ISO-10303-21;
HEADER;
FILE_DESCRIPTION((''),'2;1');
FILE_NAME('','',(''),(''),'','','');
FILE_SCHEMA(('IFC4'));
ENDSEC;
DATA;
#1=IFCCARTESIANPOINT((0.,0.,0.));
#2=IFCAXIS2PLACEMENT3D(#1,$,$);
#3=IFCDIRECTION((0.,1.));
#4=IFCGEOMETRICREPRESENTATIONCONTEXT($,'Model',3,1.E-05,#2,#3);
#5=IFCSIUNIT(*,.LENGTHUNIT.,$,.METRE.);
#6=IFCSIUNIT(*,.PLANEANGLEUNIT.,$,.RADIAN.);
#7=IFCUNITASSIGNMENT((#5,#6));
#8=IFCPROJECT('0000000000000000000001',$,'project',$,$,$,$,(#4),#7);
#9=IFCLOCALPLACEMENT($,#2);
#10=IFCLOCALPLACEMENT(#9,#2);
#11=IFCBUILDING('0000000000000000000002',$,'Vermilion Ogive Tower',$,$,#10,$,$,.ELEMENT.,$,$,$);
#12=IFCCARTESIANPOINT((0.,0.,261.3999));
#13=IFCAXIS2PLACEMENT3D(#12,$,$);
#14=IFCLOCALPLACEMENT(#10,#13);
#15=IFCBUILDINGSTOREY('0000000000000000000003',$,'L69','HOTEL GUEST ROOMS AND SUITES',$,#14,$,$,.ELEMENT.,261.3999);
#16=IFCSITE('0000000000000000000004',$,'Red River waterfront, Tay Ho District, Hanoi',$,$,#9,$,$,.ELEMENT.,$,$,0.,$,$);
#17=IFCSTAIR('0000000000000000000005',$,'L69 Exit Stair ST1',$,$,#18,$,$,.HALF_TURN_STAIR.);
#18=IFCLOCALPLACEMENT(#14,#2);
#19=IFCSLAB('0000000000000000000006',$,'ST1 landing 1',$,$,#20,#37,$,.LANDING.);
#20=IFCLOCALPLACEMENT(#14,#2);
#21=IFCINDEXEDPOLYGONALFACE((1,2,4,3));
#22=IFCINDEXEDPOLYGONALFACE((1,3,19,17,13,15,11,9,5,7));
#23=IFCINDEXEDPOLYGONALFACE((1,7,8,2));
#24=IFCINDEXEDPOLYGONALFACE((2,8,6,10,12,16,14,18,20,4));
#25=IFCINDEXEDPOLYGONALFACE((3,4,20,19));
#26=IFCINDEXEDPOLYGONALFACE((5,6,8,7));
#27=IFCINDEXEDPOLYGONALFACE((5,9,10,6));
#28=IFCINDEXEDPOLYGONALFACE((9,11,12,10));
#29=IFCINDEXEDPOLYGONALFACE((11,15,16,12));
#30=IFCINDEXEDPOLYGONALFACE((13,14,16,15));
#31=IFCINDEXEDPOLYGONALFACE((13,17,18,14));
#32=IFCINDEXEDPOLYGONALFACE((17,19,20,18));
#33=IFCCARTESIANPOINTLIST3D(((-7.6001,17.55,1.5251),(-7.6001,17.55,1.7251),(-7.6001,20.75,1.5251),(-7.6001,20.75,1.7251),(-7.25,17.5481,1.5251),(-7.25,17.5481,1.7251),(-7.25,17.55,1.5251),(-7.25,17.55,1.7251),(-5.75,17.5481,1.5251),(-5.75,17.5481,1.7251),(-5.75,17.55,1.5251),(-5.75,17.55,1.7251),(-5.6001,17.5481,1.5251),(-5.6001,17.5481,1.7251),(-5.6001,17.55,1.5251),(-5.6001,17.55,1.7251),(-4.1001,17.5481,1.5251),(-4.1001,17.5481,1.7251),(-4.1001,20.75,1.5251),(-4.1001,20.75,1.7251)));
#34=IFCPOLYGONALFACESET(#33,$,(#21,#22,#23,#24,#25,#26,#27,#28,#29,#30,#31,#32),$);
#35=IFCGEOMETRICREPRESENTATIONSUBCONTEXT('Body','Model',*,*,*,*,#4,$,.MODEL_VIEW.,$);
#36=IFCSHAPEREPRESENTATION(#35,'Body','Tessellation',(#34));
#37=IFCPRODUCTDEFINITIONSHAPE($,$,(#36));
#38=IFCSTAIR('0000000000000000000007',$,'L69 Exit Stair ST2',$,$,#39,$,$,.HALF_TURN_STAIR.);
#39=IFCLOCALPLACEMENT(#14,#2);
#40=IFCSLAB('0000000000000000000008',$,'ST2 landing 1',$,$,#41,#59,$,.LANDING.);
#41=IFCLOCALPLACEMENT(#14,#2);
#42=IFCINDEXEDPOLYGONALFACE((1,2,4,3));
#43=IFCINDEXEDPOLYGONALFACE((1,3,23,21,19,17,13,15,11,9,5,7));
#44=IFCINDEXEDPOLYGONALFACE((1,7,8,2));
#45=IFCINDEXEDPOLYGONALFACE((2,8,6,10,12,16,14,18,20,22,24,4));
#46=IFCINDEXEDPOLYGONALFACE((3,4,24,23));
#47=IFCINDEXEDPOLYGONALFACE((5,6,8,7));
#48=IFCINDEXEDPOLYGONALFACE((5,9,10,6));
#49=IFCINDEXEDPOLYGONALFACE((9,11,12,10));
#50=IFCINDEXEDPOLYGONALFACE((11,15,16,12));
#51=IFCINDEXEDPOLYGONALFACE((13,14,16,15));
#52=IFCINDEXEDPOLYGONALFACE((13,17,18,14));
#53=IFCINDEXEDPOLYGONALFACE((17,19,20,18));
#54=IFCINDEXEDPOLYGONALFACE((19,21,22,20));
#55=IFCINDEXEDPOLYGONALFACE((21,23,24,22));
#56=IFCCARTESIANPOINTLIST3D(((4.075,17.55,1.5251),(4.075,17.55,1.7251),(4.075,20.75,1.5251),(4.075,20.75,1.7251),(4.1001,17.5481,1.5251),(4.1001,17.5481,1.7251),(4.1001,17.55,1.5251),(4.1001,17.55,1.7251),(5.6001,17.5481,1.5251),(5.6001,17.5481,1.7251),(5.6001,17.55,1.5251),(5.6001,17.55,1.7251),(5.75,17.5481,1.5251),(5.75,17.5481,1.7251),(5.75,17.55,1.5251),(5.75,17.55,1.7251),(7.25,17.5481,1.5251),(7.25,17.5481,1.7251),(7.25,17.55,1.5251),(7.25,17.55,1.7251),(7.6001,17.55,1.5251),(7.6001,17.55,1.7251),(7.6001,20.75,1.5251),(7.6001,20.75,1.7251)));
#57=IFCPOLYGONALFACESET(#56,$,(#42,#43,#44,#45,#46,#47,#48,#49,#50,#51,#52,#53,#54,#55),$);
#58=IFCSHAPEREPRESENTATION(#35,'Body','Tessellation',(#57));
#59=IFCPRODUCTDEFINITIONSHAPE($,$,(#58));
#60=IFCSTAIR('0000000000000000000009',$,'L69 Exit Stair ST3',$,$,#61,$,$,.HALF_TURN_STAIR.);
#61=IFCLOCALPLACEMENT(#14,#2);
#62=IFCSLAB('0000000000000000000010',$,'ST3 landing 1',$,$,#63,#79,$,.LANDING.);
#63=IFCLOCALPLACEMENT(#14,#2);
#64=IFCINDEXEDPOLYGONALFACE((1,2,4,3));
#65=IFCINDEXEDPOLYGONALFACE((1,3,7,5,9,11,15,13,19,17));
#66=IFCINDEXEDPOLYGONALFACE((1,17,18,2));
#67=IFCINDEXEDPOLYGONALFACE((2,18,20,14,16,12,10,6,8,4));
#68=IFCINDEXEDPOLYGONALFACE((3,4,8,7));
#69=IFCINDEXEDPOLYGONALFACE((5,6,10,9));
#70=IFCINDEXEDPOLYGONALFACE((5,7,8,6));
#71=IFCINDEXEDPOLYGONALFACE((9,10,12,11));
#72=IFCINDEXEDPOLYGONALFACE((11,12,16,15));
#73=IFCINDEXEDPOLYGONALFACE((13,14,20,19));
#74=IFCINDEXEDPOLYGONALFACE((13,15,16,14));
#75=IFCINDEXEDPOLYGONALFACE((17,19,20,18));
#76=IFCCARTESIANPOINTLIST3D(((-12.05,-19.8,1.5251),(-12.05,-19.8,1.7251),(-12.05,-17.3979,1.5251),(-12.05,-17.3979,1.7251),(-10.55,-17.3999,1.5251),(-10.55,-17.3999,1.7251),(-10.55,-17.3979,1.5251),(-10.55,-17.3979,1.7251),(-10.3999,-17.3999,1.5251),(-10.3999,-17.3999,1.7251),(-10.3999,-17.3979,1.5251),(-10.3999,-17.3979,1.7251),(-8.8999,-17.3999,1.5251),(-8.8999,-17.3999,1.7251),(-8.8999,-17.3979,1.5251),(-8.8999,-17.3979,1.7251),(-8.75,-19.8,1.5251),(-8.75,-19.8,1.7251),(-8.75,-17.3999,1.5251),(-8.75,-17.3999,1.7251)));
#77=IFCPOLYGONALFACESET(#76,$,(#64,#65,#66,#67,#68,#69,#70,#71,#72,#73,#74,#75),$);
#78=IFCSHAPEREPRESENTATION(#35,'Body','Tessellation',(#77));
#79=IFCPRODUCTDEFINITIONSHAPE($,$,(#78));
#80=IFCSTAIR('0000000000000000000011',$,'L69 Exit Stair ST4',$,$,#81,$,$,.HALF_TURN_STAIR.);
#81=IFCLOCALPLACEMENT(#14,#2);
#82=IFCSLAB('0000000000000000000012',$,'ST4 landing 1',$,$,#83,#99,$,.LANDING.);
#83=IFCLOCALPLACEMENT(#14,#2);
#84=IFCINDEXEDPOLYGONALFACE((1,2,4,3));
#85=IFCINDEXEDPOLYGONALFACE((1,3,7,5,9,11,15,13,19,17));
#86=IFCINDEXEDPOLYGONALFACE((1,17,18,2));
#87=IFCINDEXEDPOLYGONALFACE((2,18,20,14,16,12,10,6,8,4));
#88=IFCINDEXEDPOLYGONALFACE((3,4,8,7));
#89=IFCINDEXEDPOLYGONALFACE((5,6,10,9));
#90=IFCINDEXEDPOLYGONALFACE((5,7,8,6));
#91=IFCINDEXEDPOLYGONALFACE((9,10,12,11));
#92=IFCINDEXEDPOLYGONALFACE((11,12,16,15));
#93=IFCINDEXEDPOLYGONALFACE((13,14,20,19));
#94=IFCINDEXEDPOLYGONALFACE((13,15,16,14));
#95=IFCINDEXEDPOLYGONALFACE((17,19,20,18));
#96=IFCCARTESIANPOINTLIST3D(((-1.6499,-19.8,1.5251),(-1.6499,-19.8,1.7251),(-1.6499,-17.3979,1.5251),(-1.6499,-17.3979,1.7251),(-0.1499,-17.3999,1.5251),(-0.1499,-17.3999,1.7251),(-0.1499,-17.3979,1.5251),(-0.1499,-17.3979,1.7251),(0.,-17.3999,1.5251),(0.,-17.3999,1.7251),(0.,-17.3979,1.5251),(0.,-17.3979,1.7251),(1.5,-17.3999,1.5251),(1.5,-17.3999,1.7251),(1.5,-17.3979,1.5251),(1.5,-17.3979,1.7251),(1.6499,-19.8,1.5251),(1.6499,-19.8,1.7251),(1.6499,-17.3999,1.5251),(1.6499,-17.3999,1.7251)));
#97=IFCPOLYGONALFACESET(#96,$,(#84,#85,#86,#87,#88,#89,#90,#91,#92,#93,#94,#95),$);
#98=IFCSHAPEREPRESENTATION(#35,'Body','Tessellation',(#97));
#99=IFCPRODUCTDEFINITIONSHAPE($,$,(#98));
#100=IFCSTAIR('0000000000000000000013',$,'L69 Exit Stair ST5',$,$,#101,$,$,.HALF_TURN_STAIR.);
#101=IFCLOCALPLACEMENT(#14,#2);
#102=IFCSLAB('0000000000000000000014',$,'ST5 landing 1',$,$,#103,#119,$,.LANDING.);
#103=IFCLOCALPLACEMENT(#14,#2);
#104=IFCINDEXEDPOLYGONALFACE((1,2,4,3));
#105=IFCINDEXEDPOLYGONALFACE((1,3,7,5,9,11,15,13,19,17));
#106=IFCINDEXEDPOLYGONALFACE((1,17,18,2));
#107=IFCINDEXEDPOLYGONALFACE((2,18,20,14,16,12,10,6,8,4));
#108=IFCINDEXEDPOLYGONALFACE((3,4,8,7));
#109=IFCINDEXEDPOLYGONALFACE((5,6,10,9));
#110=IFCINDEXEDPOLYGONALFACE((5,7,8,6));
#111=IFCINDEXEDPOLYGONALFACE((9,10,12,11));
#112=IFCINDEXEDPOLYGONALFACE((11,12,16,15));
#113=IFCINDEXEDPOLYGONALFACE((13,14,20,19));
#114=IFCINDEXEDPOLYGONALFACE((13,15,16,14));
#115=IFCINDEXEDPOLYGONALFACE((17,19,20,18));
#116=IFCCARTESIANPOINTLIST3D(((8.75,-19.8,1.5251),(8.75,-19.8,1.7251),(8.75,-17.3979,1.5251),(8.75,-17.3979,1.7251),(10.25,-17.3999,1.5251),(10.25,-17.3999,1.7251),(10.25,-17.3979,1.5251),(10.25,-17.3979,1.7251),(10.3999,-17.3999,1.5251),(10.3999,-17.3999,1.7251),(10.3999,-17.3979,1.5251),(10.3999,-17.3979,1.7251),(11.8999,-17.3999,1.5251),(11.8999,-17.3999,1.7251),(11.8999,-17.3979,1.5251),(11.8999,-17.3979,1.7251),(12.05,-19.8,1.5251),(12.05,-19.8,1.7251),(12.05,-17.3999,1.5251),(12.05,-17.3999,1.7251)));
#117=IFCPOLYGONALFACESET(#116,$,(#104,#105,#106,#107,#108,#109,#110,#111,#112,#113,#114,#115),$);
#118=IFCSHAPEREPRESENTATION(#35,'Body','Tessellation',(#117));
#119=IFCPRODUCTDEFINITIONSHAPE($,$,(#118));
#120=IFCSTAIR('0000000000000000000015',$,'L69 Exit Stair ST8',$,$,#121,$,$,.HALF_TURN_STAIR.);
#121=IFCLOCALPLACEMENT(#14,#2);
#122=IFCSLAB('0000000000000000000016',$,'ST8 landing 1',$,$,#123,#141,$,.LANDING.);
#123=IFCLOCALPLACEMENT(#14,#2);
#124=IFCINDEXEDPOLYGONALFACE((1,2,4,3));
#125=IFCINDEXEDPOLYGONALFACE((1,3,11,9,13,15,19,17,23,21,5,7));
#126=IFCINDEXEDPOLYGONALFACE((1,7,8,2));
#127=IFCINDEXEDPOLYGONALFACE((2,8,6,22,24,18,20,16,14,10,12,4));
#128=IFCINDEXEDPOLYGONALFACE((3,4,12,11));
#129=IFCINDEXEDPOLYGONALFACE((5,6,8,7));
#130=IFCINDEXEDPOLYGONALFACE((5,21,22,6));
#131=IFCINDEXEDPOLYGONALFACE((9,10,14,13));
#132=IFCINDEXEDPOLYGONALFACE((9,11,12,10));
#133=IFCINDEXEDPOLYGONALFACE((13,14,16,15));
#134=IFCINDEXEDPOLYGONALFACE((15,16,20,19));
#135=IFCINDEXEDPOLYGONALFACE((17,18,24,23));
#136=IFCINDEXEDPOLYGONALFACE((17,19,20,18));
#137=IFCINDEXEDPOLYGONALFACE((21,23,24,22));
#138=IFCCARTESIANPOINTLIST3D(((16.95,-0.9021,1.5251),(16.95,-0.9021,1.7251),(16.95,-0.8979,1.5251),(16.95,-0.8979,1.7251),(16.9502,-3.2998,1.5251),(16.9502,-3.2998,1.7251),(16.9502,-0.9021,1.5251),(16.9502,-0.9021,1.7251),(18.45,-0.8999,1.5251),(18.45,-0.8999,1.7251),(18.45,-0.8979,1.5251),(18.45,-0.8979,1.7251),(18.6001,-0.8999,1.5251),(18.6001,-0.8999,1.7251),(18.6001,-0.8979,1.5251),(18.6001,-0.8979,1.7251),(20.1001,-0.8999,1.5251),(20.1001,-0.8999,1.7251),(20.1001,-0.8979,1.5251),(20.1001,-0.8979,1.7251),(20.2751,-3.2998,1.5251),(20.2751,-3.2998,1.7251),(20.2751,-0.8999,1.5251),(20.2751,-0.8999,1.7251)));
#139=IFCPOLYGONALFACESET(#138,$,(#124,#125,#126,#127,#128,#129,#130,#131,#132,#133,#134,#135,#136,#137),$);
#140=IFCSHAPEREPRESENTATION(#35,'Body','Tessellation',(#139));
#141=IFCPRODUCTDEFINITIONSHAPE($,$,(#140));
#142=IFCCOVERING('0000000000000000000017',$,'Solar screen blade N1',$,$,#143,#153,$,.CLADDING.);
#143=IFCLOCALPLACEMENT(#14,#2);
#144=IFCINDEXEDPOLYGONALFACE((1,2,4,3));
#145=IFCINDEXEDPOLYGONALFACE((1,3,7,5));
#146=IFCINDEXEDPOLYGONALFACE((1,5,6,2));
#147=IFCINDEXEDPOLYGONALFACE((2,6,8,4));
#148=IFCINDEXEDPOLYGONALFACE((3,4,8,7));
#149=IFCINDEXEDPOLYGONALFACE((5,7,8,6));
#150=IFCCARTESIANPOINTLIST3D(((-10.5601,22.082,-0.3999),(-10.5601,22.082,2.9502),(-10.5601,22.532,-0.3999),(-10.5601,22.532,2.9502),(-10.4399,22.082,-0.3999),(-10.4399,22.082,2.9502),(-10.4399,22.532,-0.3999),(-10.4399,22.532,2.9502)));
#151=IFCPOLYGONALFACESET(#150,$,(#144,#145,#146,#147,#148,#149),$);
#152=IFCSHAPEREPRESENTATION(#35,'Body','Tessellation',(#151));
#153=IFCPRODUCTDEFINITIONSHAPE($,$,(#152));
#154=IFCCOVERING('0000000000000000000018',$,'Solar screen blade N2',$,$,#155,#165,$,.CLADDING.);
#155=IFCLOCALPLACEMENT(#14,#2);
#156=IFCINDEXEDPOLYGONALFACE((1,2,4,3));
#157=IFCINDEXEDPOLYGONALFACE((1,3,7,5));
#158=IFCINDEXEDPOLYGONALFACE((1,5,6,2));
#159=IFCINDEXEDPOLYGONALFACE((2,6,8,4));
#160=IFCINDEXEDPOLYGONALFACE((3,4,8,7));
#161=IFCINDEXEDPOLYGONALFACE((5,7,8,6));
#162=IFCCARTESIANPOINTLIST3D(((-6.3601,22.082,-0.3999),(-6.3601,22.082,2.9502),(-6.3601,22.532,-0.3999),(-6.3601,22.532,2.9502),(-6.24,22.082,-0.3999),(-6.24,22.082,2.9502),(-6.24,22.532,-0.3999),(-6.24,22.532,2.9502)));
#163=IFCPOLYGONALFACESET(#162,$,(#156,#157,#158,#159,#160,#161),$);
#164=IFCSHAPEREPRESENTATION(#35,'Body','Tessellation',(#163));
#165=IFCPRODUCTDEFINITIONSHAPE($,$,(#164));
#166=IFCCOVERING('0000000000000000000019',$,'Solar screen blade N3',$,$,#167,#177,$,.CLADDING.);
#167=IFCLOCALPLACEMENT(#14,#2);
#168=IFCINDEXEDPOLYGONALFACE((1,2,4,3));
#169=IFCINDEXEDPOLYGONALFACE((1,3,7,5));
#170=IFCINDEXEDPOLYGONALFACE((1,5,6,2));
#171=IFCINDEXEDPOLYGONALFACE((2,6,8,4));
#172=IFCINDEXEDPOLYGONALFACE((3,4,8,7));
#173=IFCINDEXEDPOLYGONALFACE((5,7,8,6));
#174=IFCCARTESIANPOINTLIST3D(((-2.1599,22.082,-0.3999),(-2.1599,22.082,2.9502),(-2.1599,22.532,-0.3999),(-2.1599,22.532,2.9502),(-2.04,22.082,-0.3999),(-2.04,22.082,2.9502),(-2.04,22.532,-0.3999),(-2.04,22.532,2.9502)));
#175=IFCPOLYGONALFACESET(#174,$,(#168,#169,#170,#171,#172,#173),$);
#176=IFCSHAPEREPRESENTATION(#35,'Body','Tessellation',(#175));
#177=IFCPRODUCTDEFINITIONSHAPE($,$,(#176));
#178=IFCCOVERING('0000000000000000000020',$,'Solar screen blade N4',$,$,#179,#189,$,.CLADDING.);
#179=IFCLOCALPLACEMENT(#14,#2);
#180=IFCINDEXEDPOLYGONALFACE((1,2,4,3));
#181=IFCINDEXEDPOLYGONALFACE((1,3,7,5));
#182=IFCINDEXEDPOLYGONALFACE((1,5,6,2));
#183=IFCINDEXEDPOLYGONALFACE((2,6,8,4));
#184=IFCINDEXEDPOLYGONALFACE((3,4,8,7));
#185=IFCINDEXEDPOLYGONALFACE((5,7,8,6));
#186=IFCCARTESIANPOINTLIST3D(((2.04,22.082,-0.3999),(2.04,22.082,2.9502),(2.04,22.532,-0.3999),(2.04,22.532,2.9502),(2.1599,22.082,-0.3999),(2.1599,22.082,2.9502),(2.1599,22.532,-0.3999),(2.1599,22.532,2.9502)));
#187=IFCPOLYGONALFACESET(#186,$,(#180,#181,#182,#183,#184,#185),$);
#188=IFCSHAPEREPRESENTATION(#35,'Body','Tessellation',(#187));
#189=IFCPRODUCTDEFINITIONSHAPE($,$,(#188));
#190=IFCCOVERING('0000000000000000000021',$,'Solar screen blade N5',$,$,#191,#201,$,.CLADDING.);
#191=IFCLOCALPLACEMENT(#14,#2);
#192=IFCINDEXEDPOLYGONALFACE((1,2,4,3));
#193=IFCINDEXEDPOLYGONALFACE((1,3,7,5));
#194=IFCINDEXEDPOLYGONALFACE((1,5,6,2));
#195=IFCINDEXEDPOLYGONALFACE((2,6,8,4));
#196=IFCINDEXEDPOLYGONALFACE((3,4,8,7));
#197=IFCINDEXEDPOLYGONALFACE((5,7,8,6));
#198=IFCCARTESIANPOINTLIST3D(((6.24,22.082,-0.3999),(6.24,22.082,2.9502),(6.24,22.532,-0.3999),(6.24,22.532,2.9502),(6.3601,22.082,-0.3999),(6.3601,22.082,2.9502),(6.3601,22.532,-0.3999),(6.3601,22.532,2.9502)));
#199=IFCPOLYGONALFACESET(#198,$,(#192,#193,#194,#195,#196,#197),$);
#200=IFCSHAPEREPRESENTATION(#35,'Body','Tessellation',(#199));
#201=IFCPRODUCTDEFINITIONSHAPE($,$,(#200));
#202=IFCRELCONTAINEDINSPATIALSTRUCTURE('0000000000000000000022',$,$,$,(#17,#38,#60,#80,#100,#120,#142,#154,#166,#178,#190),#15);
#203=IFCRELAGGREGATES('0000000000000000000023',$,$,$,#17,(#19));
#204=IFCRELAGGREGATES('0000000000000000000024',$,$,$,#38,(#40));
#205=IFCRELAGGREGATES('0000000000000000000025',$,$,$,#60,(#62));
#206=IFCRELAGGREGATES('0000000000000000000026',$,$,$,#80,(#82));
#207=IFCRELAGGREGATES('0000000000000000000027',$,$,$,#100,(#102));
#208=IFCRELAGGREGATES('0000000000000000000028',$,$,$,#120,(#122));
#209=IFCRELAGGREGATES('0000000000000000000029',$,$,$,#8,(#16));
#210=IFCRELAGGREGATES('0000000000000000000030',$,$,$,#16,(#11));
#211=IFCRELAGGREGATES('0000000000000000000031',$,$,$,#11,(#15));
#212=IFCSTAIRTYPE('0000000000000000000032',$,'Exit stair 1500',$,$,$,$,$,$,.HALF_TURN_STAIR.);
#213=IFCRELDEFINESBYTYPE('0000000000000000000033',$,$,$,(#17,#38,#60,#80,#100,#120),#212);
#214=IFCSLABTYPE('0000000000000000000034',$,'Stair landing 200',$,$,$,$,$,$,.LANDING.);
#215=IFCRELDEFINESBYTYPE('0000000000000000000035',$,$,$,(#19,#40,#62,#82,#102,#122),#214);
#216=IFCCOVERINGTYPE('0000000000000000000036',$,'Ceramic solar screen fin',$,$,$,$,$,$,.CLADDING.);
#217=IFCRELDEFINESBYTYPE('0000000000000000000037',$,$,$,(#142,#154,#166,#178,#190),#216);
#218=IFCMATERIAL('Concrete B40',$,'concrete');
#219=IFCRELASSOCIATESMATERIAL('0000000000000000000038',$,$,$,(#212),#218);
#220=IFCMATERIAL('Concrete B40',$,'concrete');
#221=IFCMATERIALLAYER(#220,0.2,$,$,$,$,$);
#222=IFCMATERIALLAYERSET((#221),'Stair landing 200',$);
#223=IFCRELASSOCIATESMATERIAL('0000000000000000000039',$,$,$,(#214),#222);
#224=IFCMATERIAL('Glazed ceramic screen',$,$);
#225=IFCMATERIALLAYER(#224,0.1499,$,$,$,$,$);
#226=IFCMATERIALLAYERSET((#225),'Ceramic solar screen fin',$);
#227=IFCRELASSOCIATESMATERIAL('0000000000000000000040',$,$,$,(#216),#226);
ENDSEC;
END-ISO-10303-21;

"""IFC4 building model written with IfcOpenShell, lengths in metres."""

from ifc_helpers import new_model, si_unit, direction, frame, origin, place, context, subcontext, project, spatial, polyline, outline, extrude, material, layer, layer_set, type_object, element, aggregate, save


model = new_model("IFC4")

# Units and contexts
model_context = context("Model", 3, precision=1e-05, world=origin(), true_north=direction((0.0, 1.0)))
body_context = subcontext(model_context, "Body", "Model", "MODEL_VIEW")
ifc_project = project(units=[si_unit("LENGTHUNIT", "METRE"), si_unit("PLANEANGLEUNIT", "RADIAN")], contexts=[model_context])

# Site, building, storey
site_placement = place(None, origin())
site = spatial("IfcSite", under=ifc_project, at=site_placement, Name="Red River waterfront, Tay Ho District, Hanoi", CompositionType="ELEMENT", RefElevation=0.0)
building_placement = place(site_placement, origin())
building = spatial("IfcBuilding", under=site, at=building_placement, Name="Vermilion Ogive Tower", CompositionType="ELEMENT")
storey_placement = place(building_placement, frame((0.0, 0.0, 261.3999)))
storey = spatial("IfcBuildingStorey", under=building, at=storey_placement, Name="L69", Description="HOTEL GUEST ROOMS AND SUITES", CompositionType="ELEMENT", Elevation=261.3999)

# Stairs, slabs
ifc_material_1 = material(Name="Concrete B40", Category="concrete")
stair_type = type_object("IfcStairType", Name="Exit stair 1500", PredefinedType="HALF_TURN_STAIR", material=ifc_material_1)
stair_1_placement = place(storey_placement, origin())
stair_1 = element("IfcStair", 1, at=stair_1_placement, inside=storey, type_object=stair_type, Name="L69 Exit Stair ST1", PredefinedType="HALF_TURN_STAIR")
ifc_material_2 = material(Name="Concrete B40", Category="concrete")
ifc_layer_1 = layer(ifc_material_2, 0.2)
ifc_layer_set_1 = layer_set([ifc_layer_1], Name="Stair landing 200")
slab_type = type_object("IfcSlabType", Name="Stair landing 200", PredefinedType="LANDING", material=ifc_layer_set_1)
slab_1_placement = place(storey_placement, frame((0.0, 0.0, 1.5251)))
slab_1 = element("IfcSlab", 2, at=slab_1_placement, type_object=slab_type, Name="ST1 landing 1", PredefinedType="LANDING", context=body_context, shape_type="SweptSolid", body=[
    extrude(outline(polyline([(-7.6001, 17.55), (-7.25, 17.55), (-7.25, 17.5481), (-5.75, 17.5481), (-5.75, 17.55), (-5.6001, 17.55), (-5.6001, 17.5481), (-4.1001, 17.5481), (-4.1001, 20.75), (-7.6001, 20.75), (-7.6001, 17.55)])), origin(), (0.0, 0.0, 1.0), 0.2),
])
aggregate(stair_1, [slab_1])
stair_2_placement = place(storey_placement, origin())
stair_2 = element("IfcStair", 3, at=stair_2_placement, inside=storey, type_object=stair_type, Name="L69 Exit Stair ST2", PredefinedType="HALF_TURN_STAIR")
slab_2_placement = place(storey_placement, frame((0.0, 0.0, 1.5251)))
slab_2 = element("IfcSlab", 4, at=slab_2_placement, type_object=slab_type, Name="ST2 landing 1", PredefinedType="LANDING", context=body_context, shape_type="SweptSolid", body=[
    extrude(outline(polyline([(5.6001, 17.55), (5.75, 17.55), (5.75, 17.5481), (7.25, 17.5481), (7.25, 17.55), (7.6001, 17.55), (7.6001, 20.75), (4.075, 20.75), (4.075, 17.55), (4.1001, 17.55), (4.1001, 17.5481), (5.6001, 17.5481), (5.6001, 17.55)])), origin(), (0.0, 0.0, 1.0), 0.2),
])
aggregate(stair_2, [slab_2])
stair_3_placement = place(storey_placement, origin())
stair_3 = element("IfcStair", 5, at=stair_3_placement, inside=storey, type_object=stair_type, Name="L69 Exit Stair ST3", PredefinedType="HALF_TURN_STAIR")
slab_3_placement = place(storey_placement, frame((0.0, 0.0, 1.5251)))
slab_3 = element("IfcSlab", 6, at=slab_3_placement, type_object=slab_type, Name="ST3 landing 1", PredefinedType="LANDING", context=body_context, shape_type="SweptSolid", body=[
    extrude(outline(polyline([(-8.75, -17.3999), (-8.8999, -17.3999), (-8.8999, -17.3979), (-10.3999, -17.3979), (-10.3999, -17.3999), (-10.55, -17.3999), (-10.55, -17.3979), (-12.05, -17.3979), (-12.05, -19.8), (-8.75, -19.8), (-8.75, -17.3999)])), origin(), (0.0, 0.0, 1.0), 0.2),
])
aggregate(stair_3, [slab_3])
stair_4_placement = place(storey_placement, origin())
stair_4 = element("IfcStair", 7, at=stair_4_placement, inside=storey, type_object=stair_type, Name="L69 Exit Stair ST4", PredefinedType="HALF_TURN_STAIR")
slab_4_placement = place(storey_placement, frame((0.0, 0.0, 1.5251)))
slab_4 = element("IfcSlab", 8, at=slab_4_placement, type_object=slab_type, Name="ST4 landing 1", PredefinedType="LANDING", context=body_context, shape_type="SweptSolid", body=[
    extrude(outline(polyline([(1.6499, -17.3999), (1.5, -17.3999), (1.5, -17.3979), (0.0, -17.3979), (0.0, -17.3999), (-0.1499, -17.3999), (-0.1499, -17.3979), (-1.6499, -17.3979), (-1.6499, -19.8), (1.6499, -19.8), (1.6499, -17.3999)])), origin(), (0.0, 0.0, 1.0), 0.2),
])
aggregate(stair_4, [slab_4])
stair_5_placement = place(storey_placement, origin())
stair_5 = element("IfcStair", 9, at=stair_5_placement, inside=storey, type_object=stair_type, Name="L69 Exit Stair ST5", PredefinedType="HALF_TURN_STAIR")
slab_5_placement = place(storey_placement, frame((0.0, 0.0, 1.5251)))
slab_5 = element("IfcSlab", 10, at=slab_5_placement, type_object=slab_type, Name="ST5 landing 1", PredefinedType="LANDING", context=body_context, shape_type="SweptSolid", body=[
    extrude(outline(polyline([(12.05, -17.3999), (11.8999, -17.3999), (11.8999, -17.3979), (10.3999, -17.3979), (10.3999, -17.3999), (10.25, -17.3999), (10.25, -17.3979), (8.75, -17.3979), (8.75, -19.8), (12.05, -19.8), (12.05, -17.3999)])), origin(), (0.0, 0.0, 1.0), 0.2),
])
aggregate(stair_5, [slab_5])
stair_6_placement = place(storey_placement, origin())
stair_6 = element("IfcStair", 11, at=stair_6_placement, inside=storey, type_object=stair_type, Name="L69 Exit Stair ST8", PredefinedType="HALF_TURN_STAIR")
slab_6_placement = place(storey_placement, frame((0.0, 0.0, 1.5251)))
slab_6 = element("IfcSlab", 12, at=slab_6_placement, type_object=slab_type, Name="ST8 landing 1", PredefinedType="LANDING", context=body_context, shape_type="SweptSolid", body=[
    extrude(outline(polyline([(20.2751, -0.8999), (20.1001, -0.8999), (20.1001, -0.8979), (18.6001, -0.8979), (18.6001, -0.8999), (18.45, -0.8999), (18.45, -0.8979), (16.95, -0.8979), (16.95, -0.9021), (16.9502, -0.9021), (16.9502, -3.2998), (20.2751, -3.2998), (20.2751, -0.8999)])), origin(), (0.0, 0.0, 1.0), 0.2),
])
aggregate(stair_6, [slab_6])

# Coverings
ifc_material_3 = material(Name="Glazed ceramic screen")
ifc_layer_2 = layer(ifc_material_3, 0.1499)
ifc_layer_set_2 = layer_set([ifc_layer_2], Name="Ceramic solar screen fin")
covering_type_1 = type_object("IfcCoveringType", Name="Ceramic solar screen fin", PredefinedType="CLADDING", material=ifc_layer_set_2)
covering_1_placement = place(storey_placement, frame((0.0, 0.0, -0.3999)))
element("IfcCovering", 13, at=covering_1_placement, inside=storey, type_object=covering_type_1, Name="Solar screen blade N1", PredefinedType="CLADDING", context=body_context, shape_type="SweptSolid", body=[
    extrude(outline(polyline([(-10.5601, 22.082), (-10.4399, 22.082), (-10.4399, 22.532), (-10.5601, 22.532), (-10.5601, 22.082)])), origin(), (0.0, 0.0, 1.0), 3.3501),
])
covering_2_placement = place(storey_placement, frame((0.0, 0.0, -0.3999)))
element("IfcCovering", 14, at=covering_2_placement, inside=storey, type_object=covering_type_1, Name="Solar screen blade N2", PredefinedType="CLADDING", context=body_context, shape_type="SweptSolid", body=[
    extrude(outline(polyline([(-6.3601, 22.082), (-6.24, 22.082), (-6.24, 22.532), (-6.3601, 22.532), (-6.3601, 22.082)])), origin(), (0.0, 0.0, 1.0), 3.3501),
])
covering_3_placement = place(storey_placement, frame((0.0, 0.0, -0.3999)))
element("IfcCovering", 15, at=covering_3_placement, inside=storey, type_object=covering_type_1, Name="Solar screen blade N3", PredefinedType="CLADDING", context=body_context, shape_type="SweptSolid", body=[
    extrude(outline(polyline([(-2.1599, 22.082), (-2.04, 22.082), (-2.04, 22.532), (-2.1599, 22.532), (-2.1599, 22.082)])), origin(), (0.0, 0.0, 1.0), 3.3501),
])
covering_4_placement = place(storey_placement, frame((0.0, 0.0, -0.3999)))
element("IfcCovering", 16, at=covering_4_placement, inside=storey, type_object=covering_type_1, Name="Solar screen blade N4", PredefinedType="CLADDING", context=body_context, shape_type="SweptSolid", body=[
    extrude(outline(polyline([(2.04, 22.082), (2.1599, 22.082), (2.1599, 22.532), (2.04, 22.532), (2.04, 22.082)])), origin(), (0.0, 0.0, 1.0), 3.3501),
])
covering_5_placement = place(storey_placement, frame((0.0, 0.0, -0.3999)))
element("IfcCovering", 17, at=covering_5_placement, inside=storey, type_object=covering_type_1, Name="Solar screen blade N5", PredefinedType="CLADDING", context=body_context, shape_type="SweptSolid", body=[
    extrude(outline(polyline([(6.24, 22.082), (6.3601, 22.082), (6.3601, 22.532), (6.24, 22.532), (6.24, 22.082)])), origin(), (0.0, 0.0, 1.0), 3.3501),
])

save(model, "model.ifc")
